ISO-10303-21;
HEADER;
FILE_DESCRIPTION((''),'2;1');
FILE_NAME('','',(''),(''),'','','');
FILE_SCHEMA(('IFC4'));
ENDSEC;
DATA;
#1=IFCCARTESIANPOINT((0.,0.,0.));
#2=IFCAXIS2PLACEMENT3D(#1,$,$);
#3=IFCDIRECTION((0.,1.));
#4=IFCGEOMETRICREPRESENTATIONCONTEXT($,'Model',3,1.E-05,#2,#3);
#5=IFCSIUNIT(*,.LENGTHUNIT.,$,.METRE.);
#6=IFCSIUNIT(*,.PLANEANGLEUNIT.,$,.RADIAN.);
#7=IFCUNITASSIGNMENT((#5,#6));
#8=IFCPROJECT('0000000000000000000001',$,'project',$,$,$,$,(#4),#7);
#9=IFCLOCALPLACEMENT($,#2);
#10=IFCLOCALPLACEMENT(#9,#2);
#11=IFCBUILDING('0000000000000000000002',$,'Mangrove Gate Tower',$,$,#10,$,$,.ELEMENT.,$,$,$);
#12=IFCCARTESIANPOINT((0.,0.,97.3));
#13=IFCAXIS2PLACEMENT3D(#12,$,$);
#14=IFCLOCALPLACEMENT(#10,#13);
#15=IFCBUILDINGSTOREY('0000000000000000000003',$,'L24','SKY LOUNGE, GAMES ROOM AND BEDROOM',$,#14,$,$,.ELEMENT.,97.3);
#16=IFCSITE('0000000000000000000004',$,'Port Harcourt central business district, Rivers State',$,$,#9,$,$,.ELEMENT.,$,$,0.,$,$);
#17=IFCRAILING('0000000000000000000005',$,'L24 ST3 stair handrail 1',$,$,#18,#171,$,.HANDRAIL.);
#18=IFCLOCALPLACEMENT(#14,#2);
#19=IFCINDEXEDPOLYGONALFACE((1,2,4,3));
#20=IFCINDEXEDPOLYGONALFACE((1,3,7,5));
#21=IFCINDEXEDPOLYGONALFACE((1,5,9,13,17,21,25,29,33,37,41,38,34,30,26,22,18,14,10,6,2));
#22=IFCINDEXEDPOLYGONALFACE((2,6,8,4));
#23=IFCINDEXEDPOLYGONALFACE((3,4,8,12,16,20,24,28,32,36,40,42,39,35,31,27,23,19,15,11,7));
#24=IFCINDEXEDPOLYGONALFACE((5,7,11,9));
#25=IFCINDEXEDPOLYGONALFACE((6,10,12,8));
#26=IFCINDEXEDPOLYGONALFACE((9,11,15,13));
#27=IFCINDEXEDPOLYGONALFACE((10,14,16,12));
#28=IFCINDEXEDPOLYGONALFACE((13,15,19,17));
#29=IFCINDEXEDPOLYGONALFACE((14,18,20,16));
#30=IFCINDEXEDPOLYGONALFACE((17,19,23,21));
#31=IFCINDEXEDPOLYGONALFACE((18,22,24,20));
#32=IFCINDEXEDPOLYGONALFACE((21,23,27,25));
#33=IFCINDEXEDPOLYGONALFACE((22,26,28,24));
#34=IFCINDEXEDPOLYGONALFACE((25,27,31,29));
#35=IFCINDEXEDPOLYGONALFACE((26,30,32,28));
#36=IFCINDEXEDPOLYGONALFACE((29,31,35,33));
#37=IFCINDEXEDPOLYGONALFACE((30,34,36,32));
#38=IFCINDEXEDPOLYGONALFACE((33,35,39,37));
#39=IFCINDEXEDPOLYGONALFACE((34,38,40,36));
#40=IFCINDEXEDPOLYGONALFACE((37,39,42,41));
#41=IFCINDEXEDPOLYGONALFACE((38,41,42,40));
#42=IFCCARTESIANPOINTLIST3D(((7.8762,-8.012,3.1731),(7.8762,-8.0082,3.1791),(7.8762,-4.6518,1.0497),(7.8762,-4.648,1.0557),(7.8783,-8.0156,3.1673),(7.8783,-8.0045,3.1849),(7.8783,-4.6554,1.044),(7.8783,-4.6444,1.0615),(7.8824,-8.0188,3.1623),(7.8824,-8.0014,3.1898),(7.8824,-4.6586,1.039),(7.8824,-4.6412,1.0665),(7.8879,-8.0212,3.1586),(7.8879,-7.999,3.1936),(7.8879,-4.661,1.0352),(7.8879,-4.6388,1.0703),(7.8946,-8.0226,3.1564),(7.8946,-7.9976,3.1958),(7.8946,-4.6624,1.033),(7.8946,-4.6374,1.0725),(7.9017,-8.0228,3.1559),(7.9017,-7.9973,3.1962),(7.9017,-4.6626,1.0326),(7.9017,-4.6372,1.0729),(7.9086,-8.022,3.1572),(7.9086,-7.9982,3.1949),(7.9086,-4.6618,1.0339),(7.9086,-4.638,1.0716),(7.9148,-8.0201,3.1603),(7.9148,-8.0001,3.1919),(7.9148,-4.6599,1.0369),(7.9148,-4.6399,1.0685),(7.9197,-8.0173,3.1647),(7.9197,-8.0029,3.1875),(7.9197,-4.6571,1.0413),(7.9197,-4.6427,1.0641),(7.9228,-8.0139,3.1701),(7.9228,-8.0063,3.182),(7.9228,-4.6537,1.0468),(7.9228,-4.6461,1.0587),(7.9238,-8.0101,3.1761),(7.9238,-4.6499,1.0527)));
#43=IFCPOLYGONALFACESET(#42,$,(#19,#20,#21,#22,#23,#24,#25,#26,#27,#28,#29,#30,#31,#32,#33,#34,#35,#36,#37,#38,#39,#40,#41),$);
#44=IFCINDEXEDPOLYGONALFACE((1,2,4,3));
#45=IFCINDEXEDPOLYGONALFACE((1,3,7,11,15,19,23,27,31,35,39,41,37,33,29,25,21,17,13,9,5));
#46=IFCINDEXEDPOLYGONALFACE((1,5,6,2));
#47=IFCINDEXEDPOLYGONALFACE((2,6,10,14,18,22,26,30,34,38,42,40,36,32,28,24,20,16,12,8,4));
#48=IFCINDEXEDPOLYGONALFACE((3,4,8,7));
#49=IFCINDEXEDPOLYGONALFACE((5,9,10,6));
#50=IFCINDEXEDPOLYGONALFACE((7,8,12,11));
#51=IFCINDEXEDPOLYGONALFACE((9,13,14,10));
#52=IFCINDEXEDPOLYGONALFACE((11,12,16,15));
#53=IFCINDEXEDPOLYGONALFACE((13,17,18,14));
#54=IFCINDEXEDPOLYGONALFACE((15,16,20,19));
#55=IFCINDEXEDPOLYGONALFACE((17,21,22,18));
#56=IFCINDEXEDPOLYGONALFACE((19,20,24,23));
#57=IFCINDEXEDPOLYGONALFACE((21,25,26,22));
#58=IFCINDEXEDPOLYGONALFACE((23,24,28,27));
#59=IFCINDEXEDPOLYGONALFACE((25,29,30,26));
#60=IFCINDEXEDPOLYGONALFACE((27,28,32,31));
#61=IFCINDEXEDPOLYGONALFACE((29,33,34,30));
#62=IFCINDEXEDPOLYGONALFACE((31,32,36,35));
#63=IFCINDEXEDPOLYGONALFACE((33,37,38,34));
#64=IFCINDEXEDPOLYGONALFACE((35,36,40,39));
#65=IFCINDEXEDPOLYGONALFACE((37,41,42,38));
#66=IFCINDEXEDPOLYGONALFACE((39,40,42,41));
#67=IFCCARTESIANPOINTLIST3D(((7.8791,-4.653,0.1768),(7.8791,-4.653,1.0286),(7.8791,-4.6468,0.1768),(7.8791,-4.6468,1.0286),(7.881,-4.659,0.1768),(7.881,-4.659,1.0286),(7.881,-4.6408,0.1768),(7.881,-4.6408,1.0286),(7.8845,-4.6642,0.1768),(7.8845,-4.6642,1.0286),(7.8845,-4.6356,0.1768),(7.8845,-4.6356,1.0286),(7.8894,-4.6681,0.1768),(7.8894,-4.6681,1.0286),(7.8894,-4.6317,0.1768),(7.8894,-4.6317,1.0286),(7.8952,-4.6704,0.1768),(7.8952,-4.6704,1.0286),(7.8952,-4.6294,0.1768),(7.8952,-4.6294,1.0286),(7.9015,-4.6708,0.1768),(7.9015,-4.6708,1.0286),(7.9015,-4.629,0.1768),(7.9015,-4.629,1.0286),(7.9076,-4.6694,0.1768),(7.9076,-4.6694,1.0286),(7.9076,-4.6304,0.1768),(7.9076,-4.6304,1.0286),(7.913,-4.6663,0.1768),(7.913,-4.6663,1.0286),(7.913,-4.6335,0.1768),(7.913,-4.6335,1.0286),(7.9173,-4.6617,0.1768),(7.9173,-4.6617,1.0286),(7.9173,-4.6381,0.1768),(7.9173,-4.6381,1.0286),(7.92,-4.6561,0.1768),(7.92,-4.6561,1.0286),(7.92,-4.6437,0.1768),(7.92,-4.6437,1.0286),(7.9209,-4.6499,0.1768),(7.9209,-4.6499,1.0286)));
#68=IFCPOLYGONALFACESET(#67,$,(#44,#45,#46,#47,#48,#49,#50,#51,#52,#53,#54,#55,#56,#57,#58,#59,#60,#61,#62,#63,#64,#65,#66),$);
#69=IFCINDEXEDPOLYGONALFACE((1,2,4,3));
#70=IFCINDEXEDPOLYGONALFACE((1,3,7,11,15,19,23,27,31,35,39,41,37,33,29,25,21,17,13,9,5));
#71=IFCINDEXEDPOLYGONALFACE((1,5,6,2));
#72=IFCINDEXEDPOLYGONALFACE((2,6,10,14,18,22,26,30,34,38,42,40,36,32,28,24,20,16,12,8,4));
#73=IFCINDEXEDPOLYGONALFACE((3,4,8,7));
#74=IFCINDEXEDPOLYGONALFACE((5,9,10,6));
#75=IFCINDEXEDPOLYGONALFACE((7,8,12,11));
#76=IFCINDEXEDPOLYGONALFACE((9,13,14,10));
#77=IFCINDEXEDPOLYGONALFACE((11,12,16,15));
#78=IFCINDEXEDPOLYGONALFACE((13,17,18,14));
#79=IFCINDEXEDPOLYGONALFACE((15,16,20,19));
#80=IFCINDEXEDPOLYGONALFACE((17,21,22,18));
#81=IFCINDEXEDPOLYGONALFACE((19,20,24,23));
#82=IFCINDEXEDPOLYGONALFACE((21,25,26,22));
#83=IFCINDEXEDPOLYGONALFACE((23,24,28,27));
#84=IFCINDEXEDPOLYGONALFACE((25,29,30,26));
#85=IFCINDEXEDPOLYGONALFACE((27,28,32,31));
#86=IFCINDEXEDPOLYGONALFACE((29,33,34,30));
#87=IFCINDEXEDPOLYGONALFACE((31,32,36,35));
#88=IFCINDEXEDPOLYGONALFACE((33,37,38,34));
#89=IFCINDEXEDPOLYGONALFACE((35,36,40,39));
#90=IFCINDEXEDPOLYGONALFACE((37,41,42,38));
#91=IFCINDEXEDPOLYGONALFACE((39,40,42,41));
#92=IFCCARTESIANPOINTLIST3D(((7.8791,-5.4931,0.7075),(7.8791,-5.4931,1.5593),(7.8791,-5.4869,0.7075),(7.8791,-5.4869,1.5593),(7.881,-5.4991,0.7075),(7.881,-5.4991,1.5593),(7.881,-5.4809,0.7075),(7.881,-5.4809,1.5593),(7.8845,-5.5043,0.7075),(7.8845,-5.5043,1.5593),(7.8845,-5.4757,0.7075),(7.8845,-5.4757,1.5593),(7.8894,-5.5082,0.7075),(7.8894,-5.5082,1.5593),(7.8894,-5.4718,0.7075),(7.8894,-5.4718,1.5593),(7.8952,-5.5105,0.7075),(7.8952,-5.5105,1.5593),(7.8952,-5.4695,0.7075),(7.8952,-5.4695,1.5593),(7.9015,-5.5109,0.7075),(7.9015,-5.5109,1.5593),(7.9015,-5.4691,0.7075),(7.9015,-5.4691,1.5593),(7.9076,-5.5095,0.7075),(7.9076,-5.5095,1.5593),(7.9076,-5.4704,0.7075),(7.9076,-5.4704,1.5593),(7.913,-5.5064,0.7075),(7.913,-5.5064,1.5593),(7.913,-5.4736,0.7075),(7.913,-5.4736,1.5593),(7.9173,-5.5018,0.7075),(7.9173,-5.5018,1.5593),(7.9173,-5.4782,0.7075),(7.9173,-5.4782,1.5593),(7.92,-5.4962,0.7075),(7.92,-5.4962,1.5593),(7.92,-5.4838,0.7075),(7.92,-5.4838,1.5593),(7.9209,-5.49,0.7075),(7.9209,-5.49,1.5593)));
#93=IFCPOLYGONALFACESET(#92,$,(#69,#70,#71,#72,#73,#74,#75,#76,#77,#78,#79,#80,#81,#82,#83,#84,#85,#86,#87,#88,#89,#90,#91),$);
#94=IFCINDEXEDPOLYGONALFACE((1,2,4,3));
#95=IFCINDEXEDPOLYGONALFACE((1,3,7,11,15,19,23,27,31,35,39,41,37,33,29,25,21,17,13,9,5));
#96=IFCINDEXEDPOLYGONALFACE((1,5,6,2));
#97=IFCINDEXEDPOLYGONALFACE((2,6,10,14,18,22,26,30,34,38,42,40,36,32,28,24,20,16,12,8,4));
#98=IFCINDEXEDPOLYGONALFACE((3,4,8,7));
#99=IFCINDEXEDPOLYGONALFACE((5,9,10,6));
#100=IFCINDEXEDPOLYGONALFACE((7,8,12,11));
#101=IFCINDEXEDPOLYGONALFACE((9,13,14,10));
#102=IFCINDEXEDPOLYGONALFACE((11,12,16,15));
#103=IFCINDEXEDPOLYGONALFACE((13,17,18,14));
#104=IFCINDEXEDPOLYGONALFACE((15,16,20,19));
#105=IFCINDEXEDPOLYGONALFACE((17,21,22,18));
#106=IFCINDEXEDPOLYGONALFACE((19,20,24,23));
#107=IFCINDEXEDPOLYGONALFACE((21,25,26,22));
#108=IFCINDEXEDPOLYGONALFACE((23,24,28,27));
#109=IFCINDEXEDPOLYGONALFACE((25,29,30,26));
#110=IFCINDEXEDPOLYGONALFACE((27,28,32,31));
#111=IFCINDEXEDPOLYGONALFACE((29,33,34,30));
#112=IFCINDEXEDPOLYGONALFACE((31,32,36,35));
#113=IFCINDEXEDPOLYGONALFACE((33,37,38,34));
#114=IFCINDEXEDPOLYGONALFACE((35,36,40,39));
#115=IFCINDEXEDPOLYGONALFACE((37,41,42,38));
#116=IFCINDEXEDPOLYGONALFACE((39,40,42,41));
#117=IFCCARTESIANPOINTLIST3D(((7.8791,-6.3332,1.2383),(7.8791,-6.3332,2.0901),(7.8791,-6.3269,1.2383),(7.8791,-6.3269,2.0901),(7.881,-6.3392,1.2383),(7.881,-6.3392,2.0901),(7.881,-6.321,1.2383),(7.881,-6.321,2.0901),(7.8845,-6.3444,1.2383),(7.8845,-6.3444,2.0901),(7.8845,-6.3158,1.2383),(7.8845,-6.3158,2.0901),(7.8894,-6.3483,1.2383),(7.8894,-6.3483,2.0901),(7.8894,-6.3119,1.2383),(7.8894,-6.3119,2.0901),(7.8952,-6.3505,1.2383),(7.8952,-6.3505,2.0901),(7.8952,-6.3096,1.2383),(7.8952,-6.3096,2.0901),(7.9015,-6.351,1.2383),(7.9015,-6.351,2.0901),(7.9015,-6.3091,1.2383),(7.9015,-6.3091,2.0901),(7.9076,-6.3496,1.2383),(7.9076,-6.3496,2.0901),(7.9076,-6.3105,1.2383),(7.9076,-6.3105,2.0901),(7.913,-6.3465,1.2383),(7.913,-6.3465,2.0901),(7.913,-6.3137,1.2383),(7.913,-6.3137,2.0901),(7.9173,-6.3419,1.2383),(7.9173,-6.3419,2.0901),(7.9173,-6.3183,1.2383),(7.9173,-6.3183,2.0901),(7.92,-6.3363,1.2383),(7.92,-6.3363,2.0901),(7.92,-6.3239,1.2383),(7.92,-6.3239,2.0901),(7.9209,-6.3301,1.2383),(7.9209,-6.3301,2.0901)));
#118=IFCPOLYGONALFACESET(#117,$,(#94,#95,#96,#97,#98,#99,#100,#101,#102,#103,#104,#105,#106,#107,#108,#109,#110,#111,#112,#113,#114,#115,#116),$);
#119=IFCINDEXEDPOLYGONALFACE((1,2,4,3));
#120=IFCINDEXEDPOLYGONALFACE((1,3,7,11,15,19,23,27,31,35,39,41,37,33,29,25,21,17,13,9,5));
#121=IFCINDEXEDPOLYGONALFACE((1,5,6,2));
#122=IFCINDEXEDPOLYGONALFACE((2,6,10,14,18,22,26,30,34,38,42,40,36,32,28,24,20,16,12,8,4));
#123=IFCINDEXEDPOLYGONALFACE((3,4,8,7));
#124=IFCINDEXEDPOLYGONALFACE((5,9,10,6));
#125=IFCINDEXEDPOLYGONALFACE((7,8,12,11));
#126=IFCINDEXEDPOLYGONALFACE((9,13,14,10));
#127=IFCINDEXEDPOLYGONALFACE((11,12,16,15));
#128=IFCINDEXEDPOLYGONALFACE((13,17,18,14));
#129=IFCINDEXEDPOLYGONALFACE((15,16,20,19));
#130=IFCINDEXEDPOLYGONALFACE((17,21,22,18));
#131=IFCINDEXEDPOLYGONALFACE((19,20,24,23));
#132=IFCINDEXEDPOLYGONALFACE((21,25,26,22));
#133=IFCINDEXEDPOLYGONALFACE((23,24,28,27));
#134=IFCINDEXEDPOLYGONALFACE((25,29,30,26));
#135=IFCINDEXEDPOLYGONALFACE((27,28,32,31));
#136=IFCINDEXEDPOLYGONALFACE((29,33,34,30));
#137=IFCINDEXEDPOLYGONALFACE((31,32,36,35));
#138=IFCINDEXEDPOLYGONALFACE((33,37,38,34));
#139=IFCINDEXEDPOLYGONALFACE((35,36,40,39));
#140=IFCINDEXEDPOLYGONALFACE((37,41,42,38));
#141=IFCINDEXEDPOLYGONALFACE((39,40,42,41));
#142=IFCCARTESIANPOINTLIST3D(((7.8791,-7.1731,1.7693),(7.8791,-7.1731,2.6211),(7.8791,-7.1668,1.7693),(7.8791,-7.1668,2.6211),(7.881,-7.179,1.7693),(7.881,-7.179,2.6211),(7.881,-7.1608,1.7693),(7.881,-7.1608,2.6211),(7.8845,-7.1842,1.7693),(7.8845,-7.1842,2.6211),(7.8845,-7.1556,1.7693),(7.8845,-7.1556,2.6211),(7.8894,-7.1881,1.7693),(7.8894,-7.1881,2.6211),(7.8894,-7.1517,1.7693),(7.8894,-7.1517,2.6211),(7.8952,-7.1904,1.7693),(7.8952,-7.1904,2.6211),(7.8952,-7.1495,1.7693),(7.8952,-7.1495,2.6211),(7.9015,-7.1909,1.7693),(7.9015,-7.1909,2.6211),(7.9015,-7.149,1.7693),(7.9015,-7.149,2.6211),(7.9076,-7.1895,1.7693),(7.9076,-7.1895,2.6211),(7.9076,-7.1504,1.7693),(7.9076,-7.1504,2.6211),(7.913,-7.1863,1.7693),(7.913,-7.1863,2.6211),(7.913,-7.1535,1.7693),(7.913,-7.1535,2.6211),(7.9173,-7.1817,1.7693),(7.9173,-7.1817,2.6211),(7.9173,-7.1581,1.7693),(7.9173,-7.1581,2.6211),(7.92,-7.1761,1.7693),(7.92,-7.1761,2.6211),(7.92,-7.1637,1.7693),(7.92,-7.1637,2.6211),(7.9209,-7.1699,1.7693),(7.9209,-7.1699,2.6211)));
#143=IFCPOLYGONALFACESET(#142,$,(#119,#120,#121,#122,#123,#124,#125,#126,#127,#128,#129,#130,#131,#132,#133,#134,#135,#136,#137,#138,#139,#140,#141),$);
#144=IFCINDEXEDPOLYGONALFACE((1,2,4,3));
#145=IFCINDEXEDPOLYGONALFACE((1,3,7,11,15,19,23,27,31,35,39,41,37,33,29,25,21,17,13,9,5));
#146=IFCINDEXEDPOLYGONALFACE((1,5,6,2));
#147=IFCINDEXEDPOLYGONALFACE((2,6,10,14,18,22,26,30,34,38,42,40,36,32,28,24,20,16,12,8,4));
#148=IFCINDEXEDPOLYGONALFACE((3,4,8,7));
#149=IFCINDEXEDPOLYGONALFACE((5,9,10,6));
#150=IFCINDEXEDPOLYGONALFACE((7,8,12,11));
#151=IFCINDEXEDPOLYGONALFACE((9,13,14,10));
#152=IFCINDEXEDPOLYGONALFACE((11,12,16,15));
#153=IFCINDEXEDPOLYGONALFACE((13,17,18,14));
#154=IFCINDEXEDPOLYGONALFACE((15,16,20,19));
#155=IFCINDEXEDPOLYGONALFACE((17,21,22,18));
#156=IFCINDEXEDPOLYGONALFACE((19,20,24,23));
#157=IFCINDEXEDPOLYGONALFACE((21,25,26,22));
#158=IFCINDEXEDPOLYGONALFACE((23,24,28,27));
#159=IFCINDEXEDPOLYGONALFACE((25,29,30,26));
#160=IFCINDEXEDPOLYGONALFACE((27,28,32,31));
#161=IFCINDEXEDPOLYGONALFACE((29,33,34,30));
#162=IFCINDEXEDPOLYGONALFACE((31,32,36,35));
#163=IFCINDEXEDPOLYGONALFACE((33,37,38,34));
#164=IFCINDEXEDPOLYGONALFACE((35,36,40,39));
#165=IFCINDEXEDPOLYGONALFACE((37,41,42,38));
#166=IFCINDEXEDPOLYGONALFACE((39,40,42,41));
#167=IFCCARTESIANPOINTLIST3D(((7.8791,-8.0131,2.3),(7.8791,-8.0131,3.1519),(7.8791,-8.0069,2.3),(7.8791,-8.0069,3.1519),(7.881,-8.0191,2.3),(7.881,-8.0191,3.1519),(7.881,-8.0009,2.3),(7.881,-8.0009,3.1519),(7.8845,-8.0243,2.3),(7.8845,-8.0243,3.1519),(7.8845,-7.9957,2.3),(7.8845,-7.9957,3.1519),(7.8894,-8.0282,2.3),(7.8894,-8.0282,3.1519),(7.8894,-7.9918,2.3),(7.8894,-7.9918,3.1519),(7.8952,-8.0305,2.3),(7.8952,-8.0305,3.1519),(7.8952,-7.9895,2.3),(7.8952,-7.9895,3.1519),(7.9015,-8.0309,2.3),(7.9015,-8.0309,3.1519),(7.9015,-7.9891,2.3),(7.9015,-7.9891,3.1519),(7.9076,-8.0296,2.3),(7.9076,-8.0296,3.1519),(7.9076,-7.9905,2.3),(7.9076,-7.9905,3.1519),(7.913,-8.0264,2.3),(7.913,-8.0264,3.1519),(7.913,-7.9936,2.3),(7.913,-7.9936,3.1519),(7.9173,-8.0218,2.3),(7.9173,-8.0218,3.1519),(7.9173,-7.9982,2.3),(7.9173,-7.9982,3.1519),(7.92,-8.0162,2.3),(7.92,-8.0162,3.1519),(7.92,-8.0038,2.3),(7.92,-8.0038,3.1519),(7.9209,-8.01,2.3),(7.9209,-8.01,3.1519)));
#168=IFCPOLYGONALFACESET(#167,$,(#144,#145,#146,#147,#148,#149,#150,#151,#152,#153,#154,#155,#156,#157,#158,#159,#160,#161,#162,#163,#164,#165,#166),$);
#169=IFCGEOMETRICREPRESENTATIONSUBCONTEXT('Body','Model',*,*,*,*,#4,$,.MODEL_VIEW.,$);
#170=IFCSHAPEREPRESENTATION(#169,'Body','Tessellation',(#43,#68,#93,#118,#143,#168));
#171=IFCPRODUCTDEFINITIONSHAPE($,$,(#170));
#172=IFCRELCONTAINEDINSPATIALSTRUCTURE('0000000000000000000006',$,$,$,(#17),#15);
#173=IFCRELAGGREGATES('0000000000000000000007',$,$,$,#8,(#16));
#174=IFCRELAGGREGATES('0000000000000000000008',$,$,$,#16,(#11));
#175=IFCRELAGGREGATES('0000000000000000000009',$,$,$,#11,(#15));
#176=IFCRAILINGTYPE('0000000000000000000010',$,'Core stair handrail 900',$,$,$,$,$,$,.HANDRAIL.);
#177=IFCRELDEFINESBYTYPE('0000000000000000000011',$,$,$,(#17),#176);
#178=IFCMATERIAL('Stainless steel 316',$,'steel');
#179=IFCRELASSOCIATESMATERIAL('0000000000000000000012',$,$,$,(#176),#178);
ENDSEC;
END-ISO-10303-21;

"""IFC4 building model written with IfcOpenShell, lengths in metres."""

from ifc_helpers import new_model, si_unit, direction, frame, origin, origin_2d, place, context, subcontext, project, spatial, circle, extrude, material, type_object, element, save


model = new_model("IFC4")

# Units and contexts
model_context = context("Model", 3, precision=1e-05, world=origin(), true_north=direction((0.0, 1.0)))
body_context = subcontext(model_context, "Body", "Model", "MODEL_VIEW")
ifc_project = project(units=[si_unit("LENGTHUNIT", "METRE"), si_unit("PLANEANGLEUNIT", "RADIAN")], contexts=[model_context])

# Site, building, storey
site_placement = place(None, origin())
site = spatial("IfcSite", under=ifc_project, at=site_placement, Name="Port Harcourt central business district, Rivers State", CompositionType="ELEMENT", RefElevation=0.0)
building_placement = place(site_placement, origin())
building = spatial("IfcBuilding", under=site, at=building_placement, Name="Mangrove Gate Tower", CompositionType="ELEMENT")
storey_placement = place(building_placement, frame((0.0, 0.0, 97.3)))
storey = spatial("IfcBuildingStorey", under=building, at=storey_placement, Name="L24", Description="SKY LOUNGE, GAMES ROOM AND BEDROOM", CompositionType="ELEMENT", Elevation=97.3)

# Railing
ifc_material_1 = material(Name="Stainless steel 316", Category="steel")
railing_type_1 = type_object("IfcRailingType", Name="Core stair handrail 900", PredefinedType="HANDRAIL", material=ifc_material_1)
railing_1_placement = place(storey_placement, frame((7.8999, -4.6499, 0.1768)))
element("IfcRailing", 1, at=railing_1_placement, inside=storey, type_object=railing_type_1, Name="L24 ST3 stair handrail 1", PredefinedType="HANDRAIL", context=body_context, shape_type="SweptSolid", body=[
    extrude(circle(Radius=0.0239, at=origin_2d()), frame((0.0, 0.0, 0.876), z_axis=(0.0, -0.845362, 0.534194), x_axis=(1.0, 0.0, 0.0)), (0.0, 0.0, 1.0), 3.9749),
    extrude(circle(Radius=0.021, at=origin_2d()), origin(), (0.0, 0.0, 1.0), 0.8518),
    extrude(circle(Radius=0.021, at=origin_2d()), frame((0.0, -0.8401, 0.5308)), (0.0, 0.0, 1.0), 0.8518),
    extrude(circle(Radius=0.021, at=origin_2d()), frame((0.0, -1.6802, 1.0615)), (0.0, 0.0, 1.0), 0.8518),
    extrude(circle(Radius=0.021, at=origin_2d()), frame((0.0, -2.52, 1.5925)), (0.0, 0.0, 1.0), 0.8518),
    extrude(circle(Radius=0.021, at=origin_2d()), frame((0.0, -3.3601, 2.1233)), (0.0, 0.0, 1.0), 0.8518),
])

save(model, "model.ifc")
